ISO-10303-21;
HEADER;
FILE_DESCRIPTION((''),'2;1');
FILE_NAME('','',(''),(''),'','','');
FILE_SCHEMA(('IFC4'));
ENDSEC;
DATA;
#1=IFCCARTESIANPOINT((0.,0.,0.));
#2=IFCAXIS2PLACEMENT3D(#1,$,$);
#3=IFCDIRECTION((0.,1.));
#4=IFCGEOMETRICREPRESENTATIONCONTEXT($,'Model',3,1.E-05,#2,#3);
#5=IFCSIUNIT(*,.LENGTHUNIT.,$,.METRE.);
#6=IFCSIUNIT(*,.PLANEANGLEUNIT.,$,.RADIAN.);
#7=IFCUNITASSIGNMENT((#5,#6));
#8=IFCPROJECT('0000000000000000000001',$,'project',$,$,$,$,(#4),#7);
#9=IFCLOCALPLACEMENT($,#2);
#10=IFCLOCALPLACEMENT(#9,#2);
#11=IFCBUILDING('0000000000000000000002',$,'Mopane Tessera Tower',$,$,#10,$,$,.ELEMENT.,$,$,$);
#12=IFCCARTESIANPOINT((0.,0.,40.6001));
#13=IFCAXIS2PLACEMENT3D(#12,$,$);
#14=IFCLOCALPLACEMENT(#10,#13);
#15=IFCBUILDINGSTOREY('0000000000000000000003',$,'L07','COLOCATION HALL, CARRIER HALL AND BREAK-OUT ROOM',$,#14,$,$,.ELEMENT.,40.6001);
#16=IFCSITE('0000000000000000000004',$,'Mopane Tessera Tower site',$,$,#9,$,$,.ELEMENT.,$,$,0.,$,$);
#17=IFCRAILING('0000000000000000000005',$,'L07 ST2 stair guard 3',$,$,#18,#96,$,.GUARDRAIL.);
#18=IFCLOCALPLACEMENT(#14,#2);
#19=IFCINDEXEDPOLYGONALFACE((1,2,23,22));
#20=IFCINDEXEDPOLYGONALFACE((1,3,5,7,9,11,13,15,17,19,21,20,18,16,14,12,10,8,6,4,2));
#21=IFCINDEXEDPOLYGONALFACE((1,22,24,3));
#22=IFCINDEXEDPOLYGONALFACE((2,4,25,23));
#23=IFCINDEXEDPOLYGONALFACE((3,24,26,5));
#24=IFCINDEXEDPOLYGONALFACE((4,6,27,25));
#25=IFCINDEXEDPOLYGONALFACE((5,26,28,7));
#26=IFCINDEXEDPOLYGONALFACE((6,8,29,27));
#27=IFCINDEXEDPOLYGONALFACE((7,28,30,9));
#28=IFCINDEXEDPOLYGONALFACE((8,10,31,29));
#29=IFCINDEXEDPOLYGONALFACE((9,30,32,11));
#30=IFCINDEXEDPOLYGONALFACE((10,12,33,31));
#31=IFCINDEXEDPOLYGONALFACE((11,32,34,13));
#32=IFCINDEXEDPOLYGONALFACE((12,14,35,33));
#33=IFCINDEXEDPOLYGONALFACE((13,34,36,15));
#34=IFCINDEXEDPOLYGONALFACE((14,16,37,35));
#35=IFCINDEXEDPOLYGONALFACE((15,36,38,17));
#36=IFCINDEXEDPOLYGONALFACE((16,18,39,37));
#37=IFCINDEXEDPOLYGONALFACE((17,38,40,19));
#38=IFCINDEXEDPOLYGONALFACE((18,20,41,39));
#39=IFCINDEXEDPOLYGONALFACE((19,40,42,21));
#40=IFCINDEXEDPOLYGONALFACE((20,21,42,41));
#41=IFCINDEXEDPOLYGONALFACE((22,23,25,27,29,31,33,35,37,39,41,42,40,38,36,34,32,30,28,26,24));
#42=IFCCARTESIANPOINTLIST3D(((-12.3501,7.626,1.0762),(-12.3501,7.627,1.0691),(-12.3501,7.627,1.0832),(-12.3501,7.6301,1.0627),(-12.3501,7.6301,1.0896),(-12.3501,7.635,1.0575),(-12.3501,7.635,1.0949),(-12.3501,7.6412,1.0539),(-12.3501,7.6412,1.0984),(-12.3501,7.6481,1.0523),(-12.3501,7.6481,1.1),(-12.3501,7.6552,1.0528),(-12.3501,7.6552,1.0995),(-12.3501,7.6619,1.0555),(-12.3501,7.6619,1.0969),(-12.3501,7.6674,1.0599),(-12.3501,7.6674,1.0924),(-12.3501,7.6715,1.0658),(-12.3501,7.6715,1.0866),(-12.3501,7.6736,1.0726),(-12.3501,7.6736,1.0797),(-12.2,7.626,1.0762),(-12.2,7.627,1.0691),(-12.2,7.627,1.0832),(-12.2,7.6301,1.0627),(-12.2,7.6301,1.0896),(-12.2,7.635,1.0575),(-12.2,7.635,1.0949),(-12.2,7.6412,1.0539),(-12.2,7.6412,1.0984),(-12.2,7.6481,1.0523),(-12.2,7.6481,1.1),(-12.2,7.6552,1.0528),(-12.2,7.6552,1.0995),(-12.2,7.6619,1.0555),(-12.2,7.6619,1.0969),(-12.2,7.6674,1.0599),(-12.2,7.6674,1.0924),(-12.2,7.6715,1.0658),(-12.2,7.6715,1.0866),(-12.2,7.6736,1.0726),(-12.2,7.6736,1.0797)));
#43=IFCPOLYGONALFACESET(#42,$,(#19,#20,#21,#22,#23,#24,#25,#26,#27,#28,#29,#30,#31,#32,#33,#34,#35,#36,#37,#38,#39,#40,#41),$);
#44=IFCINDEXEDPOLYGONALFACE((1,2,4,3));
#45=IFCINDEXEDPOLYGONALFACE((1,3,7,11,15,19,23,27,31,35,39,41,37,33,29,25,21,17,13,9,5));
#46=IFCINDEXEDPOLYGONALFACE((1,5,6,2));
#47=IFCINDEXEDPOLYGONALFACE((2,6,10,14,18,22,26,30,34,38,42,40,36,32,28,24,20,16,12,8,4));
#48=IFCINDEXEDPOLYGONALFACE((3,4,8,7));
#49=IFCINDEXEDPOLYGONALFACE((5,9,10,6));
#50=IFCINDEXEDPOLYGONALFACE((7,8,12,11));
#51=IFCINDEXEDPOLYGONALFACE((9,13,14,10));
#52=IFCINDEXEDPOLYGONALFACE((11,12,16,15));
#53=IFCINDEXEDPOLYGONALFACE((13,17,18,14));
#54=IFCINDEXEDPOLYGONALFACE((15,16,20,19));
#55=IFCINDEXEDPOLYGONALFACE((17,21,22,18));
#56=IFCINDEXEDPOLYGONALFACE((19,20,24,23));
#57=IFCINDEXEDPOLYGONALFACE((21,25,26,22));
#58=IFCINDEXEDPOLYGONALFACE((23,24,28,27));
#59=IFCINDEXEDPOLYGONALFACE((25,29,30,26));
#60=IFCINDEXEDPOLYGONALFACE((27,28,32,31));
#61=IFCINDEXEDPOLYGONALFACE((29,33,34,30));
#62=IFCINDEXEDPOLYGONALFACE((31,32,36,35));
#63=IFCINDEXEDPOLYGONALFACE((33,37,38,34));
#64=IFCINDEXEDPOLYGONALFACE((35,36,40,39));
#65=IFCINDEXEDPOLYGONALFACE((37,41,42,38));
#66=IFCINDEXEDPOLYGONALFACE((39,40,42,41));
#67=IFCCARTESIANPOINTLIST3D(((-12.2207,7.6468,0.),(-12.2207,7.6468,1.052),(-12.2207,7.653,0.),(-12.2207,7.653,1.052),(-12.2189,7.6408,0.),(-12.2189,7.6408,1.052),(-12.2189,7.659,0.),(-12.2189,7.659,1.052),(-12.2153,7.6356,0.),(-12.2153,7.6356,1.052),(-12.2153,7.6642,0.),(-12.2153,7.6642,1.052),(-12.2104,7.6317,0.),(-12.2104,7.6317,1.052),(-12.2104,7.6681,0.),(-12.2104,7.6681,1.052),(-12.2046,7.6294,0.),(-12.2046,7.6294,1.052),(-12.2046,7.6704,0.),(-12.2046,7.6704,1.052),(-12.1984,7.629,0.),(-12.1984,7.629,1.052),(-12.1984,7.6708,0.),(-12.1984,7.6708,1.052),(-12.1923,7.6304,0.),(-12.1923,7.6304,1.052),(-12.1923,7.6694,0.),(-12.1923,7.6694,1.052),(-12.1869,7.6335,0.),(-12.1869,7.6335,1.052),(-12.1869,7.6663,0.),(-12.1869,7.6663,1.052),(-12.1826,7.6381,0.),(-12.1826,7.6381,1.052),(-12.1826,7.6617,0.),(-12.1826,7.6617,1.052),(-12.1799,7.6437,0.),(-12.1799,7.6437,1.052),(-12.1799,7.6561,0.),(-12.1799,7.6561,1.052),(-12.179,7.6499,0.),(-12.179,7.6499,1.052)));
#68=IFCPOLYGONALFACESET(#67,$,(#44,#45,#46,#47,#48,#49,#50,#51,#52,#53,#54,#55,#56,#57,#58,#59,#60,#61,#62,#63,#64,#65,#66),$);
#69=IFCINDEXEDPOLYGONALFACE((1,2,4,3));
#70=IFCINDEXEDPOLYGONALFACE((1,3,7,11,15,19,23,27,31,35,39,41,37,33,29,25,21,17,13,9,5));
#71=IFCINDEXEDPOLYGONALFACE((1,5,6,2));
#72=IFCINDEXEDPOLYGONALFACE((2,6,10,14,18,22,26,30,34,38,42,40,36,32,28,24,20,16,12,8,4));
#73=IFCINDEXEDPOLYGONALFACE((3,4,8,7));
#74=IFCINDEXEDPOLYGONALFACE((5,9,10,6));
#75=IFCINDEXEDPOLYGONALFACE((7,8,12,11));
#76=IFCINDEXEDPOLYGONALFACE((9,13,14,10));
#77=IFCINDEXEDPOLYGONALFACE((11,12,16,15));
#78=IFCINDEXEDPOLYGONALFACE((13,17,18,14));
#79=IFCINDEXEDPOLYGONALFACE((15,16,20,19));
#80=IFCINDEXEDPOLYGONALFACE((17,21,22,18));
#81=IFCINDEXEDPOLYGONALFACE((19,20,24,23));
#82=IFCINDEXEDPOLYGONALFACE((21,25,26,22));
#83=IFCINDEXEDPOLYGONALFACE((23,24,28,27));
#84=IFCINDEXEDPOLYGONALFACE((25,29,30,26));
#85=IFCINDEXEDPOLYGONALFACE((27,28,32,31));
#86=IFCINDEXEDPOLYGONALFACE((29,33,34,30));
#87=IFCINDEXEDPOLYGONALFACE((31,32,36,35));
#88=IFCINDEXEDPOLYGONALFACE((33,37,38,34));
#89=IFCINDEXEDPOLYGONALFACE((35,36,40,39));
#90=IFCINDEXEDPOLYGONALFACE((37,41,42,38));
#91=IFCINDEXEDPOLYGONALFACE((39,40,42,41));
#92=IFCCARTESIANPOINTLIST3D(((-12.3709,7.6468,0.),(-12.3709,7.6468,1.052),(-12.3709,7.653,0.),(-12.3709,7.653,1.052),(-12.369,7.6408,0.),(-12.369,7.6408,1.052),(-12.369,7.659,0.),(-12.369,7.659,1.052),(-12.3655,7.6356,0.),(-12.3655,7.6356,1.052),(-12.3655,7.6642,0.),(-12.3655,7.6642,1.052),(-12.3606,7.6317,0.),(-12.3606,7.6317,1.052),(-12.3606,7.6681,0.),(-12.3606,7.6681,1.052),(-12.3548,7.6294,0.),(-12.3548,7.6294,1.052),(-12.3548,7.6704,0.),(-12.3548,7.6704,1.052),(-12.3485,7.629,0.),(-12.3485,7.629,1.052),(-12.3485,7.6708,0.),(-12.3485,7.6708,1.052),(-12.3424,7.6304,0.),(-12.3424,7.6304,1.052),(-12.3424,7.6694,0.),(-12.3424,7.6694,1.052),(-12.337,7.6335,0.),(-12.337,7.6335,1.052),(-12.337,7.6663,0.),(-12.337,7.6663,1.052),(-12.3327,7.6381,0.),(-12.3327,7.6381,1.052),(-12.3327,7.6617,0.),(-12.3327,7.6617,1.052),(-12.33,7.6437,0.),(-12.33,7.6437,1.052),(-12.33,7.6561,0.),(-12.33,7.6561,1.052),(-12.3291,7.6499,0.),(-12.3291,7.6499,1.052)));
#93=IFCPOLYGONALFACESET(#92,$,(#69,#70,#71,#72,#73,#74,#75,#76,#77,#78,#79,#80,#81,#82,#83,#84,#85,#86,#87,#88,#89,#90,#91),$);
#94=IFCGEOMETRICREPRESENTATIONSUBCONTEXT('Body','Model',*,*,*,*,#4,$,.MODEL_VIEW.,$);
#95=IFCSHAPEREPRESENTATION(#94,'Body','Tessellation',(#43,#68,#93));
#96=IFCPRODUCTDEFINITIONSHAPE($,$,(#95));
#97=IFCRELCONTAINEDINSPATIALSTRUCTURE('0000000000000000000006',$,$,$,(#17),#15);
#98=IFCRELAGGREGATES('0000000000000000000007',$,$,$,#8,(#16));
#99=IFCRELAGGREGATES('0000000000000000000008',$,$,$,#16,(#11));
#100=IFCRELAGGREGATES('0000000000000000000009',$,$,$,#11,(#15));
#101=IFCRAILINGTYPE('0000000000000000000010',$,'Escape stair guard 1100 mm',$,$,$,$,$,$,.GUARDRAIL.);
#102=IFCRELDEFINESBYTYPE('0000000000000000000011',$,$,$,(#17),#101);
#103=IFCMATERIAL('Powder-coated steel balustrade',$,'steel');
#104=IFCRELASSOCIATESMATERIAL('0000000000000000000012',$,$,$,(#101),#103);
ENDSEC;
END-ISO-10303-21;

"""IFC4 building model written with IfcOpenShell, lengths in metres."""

from ifc_helpers import new_model, si_unit, direction, frame, origin, origin_2d, place, context, subcontext, project, spatial, circle, extrude, material, type_object, element, save


model = new_model("IFC4")

# Units and contexts
model_context = context("Model", 3, precision=1e-05, world=origin(), true_north=direction((0.0, 1.0)))
body_context = subcontext(model_context, "Body", "Model", "MODEL_VIEW")
ifc_project = project(units=[si_unit("LENGTHUNIT", "METRE"), si_unit("PLANEANGLEUNIT", "RADIAN")], contexts=[model_context])

# Site, building, storey
site_placement = place(None, origin())
site = spatial("IfcSite", under=ifc_project, at=site_placement, Name="Mopane Tessera Tower site", CompositionType="ELEMENT", RefElevation=0.0)
building_placement = place(site_placement, origin())
building = spatial("IfcBuilding", under=site, at=building_placement, Name="Mopane Tessera Tower", CompositionType="ELEMENT")
storey_placement = place(building_placement, frame((0.0, 0.0, 40.6001)))
storey = spatial("IfcBuildingStorey", under=building, at=storey_placement, Name="L07", Description="COLOCATION HALL, CARRIER HALL AND BREAK-OUT ROOM", CompositionType="ELEMENT", Elevation=40.6001)

# Railing
ifc_material_1 = material(Name="Powder-coated steel balustrade", Category="steel")
railing_type_1 = type_object("IfcRailingType", Name="Escape stair guard 1100 mm", PredefinedType="GUARDRAIL", material=ifc_material_1)
railing_1_placement = place(storey_placement, frame((-12.2, 7.6499, 0.0)))
element("IfcRailing", 1, at=railing_1_placement, inside=storey, type_object=railing_type_1, Name="L07 ST2 stair guard 3", PredefinedType="GUARDRAIL", context=body_context, shape_type="SweptSolid", body=[
    extrude(circle(Radius=0.0239, at=origin_2d()), frame((0.0, 0.0, 1.0762), z_axis=(-1.0, 0.0, 0.0), x_axis=(0.0, -1.0, 0.0)), (0.0, 0.0, 1.0), 0.1501),
    extrude(circle(Radius=0.021, at=origin_2d()), origin(), (0.0, 0.0, 1.0), 1.052),
    extrude(circle(Radius=0.021, at=origin_2d()), frame((-0.1501, 0.0, 0.0)), (0.0, 0.0, 1.0), 1.052),
])

save(model, "model.ifc")
